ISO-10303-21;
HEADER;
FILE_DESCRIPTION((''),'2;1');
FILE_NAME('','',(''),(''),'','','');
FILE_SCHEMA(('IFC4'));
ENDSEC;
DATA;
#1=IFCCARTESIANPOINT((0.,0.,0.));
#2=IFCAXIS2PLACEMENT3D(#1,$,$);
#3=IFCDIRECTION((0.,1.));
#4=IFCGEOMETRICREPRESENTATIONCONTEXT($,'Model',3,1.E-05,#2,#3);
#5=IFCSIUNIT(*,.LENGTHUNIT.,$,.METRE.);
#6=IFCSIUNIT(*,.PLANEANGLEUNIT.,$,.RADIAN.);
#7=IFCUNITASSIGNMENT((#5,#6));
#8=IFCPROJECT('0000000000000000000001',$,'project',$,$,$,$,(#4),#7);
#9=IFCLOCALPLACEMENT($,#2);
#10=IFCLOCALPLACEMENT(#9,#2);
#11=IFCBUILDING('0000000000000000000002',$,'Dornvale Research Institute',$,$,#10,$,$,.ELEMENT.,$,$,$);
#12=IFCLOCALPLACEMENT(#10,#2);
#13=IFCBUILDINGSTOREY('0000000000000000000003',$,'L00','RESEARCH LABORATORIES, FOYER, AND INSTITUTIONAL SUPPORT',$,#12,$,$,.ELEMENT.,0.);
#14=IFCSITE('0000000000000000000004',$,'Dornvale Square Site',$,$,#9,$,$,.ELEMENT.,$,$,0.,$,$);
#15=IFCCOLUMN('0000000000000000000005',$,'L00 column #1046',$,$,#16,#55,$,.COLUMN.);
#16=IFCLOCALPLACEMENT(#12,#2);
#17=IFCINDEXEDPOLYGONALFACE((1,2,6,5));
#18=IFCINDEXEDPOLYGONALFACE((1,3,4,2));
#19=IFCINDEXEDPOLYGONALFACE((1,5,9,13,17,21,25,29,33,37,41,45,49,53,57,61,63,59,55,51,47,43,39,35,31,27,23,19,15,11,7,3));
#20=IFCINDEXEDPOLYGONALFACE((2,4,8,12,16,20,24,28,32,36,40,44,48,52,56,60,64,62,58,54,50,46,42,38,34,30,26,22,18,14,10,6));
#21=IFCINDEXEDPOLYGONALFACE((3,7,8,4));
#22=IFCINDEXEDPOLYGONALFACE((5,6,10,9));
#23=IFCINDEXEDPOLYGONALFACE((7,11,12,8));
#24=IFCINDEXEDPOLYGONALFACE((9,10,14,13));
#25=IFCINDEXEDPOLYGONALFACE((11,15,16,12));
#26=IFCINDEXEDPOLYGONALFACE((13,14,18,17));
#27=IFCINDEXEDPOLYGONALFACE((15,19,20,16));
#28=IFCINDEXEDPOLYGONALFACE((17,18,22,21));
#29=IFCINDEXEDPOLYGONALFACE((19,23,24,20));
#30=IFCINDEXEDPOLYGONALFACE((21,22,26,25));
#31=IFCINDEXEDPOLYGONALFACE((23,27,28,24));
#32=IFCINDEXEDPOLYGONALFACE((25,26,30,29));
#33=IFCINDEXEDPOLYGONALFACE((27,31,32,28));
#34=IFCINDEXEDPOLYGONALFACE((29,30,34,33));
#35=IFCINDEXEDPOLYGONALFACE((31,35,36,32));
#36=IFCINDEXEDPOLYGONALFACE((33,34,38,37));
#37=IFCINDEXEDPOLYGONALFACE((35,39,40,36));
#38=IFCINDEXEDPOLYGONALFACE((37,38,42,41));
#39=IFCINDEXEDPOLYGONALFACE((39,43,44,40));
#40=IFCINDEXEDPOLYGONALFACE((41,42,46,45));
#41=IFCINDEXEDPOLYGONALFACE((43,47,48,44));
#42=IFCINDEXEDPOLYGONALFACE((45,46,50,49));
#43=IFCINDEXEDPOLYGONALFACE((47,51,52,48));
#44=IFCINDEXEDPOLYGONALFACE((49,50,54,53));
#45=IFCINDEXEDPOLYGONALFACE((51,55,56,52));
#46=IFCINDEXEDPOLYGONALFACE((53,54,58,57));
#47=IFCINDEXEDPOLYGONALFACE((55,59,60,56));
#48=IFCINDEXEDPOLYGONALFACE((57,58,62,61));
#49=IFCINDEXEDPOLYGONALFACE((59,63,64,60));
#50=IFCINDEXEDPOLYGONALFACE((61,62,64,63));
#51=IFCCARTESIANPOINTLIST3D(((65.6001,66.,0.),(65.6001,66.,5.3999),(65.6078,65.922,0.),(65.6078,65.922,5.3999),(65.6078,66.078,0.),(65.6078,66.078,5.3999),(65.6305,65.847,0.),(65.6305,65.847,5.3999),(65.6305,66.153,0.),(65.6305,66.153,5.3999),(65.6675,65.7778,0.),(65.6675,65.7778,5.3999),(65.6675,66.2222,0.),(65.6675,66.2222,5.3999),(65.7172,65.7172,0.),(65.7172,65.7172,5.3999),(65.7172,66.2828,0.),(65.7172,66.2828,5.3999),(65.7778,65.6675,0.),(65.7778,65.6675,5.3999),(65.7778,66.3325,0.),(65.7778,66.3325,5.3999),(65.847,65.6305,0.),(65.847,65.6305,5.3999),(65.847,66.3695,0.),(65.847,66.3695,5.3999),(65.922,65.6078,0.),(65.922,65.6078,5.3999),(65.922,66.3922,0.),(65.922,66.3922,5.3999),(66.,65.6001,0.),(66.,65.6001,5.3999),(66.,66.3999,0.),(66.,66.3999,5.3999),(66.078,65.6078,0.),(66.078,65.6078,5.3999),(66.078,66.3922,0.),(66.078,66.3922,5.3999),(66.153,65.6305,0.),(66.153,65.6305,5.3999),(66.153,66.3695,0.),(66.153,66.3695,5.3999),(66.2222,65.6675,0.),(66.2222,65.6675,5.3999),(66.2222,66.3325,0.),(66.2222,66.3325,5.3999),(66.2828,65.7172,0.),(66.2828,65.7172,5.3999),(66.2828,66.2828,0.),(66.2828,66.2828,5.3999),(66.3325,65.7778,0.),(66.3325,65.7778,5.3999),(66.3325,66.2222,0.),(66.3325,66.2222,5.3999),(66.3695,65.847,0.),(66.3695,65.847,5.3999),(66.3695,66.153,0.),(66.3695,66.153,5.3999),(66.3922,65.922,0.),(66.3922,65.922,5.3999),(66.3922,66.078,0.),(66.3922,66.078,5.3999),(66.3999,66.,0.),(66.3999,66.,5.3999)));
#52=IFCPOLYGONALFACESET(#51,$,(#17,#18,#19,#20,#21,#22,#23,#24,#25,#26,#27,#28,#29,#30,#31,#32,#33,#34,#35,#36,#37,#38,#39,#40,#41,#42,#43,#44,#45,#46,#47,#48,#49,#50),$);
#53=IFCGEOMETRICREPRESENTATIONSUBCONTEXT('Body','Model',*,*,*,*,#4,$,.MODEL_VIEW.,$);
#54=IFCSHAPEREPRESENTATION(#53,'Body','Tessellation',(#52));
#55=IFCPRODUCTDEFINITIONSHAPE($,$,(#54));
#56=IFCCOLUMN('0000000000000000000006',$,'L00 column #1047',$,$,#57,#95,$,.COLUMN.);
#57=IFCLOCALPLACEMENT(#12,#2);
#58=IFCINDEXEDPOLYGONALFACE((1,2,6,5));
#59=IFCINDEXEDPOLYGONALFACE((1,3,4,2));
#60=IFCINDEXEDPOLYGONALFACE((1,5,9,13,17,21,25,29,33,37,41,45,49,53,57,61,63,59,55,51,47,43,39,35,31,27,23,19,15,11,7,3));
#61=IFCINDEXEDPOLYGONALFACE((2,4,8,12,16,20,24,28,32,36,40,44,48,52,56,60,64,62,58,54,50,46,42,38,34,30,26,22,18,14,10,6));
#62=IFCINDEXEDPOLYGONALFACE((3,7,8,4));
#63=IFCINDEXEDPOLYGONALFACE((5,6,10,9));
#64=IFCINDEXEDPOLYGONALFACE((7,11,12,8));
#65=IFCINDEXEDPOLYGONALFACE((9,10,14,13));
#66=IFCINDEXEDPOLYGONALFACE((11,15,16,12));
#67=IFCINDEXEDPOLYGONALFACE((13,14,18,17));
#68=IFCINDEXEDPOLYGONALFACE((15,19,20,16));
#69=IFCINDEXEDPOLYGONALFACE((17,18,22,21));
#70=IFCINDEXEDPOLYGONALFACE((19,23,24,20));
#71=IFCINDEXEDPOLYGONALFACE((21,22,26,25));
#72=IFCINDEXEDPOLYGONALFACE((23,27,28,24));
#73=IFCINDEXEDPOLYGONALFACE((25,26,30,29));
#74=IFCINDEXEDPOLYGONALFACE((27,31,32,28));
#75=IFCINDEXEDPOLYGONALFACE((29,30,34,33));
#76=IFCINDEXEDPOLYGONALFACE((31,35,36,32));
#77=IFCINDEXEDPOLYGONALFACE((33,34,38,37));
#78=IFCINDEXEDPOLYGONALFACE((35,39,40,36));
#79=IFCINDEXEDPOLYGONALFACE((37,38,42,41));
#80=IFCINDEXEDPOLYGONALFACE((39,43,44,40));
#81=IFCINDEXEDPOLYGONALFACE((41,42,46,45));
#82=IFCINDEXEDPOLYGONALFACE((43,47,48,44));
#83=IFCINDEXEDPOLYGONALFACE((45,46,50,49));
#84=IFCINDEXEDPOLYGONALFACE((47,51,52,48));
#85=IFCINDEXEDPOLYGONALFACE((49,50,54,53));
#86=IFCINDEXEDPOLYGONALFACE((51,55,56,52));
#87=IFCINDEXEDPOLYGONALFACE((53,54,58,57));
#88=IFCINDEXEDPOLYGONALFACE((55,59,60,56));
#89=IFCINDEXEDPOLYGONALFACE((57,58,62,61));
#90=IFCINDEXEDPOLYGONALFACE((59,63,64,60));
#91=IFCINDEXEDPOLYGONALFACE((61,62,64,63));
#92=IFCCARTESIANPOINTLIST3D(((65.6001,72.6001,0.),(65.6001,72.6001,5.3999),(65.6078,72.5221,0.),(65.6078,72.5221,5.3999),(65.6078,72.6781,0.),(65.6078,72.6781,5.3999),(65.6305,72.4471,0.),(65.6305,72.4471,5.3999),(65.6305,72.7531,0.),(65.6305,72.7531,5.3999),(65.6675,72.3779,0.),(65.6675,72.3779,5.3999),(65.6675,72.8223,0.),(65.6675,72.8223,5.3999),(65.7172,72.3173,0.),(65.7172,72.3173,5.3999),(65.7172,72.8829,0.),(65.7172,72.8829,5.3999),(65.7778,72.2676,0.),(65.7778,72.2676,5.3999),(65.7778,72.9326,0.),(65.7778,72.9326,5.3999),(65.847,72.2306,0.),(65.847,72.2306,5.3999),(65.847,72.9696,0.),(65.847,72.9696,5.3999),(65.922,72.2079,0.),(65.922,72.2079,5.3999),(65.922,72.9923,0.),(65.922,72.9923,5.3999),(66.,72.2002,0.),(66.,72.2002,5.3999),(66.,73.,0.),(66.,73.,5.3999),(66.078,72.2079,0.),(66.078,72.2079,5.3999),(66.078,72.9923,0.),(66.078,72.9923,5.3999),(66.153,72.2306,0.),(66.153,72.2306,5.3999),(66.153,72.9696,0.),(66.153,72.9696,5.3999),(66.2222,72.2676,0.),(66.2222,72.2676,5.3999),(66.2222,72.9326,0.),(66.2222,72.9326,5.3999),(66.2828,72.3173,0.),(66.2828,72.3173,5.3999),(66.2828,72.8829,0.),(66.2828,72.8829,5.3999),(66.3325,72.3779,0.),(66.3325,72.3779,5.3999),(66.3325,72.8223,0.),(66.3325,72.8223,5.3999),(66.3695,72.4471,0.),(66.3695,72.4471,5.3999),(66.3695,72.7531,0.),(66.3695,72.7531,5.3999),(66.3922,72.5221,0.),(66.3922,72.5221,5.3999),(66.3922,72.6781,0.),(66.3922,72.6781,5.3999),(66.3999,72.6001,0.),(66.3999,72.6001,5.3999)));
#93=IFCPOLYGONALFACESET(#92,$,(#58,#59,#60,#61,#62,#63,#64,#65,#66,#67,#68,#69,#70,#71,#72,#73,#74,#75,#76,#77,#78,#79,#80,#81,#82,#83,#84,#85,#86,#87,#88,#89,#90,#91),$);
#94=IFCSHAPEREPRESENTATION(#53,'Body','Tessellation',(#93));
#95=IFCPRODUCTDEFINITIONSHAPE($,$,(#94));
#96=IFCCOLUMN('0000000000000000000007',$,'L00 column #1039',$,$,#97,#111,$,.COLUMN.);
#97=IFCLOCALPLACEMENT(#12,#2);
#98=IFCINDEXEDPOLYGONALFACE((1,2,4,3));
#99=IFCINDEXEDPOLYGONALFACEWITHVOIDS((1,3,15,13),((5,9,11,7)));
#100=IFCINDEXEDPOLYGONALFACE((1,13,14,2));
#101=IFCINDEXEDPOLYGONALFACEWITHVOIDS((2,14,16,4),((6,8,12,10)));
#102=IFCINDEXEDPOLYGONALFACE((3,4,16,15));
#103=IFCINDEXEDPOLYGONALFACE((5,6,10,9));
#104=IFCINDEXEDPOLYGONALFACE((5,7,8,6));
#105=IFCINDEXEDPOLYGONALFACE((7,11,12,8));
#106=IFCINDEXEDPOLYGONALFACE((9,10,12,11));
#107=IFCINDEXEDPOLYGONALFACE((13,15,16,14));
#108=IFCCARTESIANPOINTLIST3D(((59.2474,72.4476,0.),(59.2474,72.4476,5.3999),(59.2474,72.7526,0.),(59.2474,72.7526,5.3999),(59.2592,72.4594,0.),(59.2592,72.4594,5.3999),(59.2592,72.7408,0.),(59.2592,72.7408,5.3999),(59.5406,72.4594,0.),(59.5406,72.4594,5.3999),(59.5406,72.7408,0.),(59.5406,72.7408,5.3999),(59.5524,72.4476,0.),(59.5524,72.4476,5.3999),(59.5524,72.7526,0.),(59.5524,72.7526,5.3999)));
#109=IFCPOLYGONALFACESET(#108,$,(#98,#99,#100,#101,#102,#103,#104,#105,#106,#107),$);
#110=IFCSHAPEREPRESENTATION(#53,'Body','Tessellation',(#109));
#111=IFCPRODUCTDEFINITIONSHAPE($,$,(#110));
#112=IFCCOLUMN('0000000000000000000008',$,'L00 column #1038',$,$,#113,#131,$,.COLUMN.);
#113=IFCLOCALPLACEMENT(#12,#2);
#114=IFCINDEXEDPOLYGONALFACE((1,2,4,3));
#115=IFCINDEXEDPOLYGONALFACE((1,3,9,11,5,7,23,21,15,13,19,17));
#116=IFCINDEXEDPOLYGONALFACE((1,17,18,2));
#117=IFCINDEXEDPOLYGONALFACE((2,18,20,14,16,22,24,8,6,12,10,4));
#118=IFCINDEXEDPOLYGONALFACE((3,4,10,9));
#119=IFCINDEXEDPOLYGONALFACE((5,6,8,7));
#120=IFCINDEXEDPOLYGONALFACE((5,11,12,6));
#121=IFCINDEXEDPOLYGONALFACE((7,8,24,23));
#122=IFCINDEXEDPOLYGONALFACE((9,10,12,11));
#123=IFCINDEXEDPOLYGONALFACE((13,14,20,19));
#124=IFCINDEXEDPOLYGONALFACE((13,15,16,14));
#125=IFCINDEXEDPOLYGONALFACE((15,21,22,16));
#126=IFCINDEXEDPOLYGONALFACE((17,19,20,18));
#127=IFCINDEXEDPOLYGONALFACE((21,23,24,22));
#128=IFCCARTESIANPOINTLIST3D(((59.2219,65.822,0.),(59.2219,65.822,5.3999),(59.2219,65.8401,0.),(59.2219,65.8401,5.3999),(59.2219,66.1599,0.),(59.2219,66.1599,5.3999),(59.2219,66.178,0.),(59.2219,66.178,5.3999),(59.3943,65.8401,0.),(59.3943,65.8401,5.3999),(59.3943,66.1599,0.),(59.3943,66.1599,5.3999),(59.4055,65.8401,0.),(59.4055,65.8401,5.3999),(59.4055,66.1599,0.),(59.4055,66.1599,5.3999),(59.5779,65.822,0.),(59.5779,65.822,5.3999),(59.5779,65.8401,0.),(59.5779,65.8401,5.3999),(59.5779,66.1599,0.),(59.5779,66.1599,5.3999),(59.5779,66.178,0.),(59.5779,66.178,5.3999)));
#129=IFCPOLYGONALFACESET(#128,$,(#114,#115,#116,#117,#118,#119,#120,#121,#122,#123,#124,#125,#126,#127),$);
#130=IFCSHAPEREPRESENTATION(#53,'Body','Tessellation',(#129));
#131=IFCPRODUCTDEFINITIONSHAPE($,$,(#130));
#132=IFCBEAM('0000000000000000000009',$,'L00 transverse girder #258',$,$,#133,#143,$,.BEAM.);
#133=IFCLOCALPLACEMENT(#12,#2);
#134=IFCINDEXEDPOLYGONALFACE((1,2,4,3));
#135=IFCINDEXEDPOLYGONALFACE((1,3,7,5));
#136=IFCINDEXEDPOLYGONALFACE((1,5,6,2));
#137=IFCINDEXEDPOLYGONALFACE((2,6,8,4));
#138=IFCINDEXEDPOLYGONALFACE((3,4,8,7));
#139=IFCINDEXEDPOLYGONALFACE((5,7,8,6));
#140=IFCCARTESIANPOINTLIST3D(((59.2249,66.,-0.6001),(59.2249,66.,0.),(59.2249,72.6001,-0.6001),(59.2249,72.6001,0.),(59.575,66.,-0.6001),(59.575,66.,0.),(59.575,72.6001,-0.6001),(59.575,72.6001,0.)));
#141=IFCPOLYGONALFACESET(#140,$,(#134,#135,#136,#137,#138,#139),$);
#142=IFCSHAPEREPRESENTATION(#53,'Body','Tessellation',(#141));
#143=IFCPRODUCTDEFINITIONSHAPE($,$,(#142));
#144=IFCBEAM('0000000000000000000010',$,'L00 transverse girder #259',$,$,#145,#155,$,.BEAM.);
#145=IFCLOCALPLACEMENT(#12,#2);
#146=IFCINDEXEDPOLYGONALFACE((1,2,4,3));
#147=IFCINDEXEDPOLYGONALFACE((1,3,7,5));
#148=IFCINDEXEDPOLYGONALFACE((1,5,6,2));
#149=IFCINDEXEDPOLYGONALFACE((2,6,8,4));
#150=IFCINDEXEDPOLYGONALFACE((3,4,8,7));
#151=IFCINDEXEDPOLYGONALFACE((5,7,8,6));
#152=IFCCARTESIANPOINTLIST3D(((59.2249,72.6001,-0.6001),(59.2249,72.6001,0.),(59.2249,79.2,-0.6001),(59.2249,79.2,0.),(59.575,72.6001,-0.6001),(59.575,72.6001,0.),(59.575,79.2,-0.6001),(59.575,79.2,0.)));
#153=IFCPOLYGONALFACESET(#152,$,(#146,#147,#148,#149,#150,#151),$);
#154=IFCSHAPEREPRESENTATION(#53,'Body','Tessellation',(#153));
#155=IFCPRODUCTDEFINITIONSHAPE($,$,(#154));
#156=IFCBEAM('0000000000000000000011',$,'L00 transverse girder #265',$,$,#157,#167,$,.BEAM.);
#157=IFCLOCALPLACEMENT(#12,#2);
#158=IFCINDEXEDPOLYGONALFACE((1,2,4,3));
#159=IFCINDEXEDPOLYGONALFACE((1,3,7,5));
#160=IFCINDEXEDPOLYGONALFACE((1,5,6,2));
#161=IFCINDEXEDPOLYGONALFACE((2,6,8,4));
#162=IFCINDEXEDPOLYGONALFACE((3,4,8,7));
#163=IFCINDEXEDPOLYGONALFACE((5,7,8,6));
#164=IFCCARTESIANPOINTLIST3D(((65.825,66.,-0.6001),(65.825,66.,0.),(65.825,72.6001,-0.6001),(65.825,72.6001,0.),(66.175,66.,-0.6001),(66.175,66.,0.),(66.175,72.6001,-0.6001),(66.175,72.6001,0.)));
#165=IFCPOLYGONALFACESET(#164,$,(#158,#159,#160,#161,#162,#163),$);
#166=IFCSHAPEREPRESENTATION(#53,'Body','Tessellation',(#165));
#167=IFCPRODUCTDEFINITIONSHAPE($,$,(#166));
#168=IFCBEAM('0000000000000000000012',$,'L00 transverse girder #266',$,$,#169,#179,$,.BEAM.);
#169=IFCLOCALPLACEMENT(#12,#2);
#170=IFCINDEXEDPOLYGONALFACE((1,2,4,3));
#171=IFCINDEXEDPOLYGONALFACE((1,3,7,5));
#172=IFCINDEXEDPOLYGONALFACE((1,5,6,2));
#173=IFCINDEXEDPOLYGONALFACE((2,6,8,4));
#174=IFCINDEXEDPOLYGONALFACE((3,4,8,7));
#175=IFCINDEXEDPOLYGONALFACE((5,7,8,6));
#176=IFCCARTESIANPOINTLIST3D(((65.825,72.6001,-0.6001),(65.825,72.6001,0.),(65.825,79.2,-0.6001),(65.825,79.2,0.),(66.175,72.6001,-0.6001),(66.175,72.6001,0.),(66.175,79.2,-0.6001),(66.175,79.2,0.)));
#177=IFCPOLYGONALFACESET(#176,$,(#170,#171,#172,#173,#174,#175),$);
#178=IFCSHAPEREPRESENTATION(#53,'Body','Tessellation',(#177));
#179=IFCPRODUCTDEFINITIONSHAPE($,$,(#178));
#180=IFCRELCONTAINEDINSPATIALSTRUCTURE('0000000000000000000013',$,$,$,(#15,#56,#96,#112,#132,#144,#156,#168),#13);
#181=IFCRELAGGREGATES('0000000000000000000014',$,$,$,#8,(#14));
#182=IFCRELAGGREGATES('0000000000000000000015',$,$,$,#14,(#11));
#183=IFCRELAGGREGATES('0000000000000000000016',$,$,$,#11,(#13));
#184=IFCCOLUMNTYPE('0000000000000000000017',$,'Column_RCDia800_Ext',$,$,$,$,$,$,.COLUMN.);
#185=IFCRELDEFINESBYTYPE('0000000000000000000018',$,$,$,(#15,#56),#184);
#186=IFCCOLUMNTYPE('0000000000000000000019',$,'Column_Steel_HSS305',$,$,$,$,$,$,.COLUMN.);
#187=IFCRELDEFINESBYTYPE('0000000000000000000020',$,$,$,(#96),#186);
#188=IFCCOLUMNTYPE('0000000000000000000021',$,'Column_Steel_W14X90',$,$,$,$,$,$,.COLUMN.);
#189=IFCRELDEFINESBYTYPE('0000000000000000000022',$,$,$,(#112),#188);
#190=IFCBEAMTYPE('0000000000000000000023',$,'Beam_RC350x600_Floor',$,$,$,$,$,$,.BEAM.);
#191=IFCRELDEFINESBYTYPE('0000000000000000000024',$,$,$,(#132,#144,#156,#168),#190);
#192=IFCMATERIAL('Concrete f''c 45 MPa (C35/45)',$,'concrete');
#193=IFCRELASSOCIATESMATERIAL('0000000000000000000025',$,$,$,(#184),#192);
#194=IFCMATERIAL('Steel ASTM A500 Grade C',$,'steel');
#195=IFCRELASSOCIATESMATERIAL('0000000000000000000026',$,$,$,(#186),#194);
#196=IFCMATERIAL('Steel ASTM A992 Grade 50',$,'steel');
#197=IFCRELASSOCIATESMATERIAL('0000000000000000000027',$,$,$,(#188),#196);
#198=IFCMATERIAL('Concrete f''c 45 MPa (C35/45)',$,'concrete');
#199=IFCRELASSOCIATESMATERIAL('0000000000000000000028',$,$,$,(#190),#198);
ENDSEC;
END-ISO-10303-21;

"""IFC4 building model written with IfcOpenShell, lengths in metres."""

from ifc_helpers import new_model, si_unit, direction, frame, origin, origin_2d, place, context, subcontext, project, spatial, rectangle, hollow_rectangle, circle, i_section, extrude, material, material_profile, profile_set, type_object, element, save


model = new_model("IFC4")

# Units and contexts
model_context = context("Model", 3, precision=1e-05, world=origin(), true_north=direction((0.0, 1.0)))
body_context = subcontext(model_context, "Body", "Model", "MODEL_VIEW")
ifc_project = project(units=[si_unit("LENGTHUNIT", "METRE"), si_unit("PLANEANGLEUNIT", "RADIAN")], contexts=[model_context])

# Site, building, storey
site_placement = place(None, origin())
site = spatial("IfcSite", under=ifc_project, at=site_placement, Name="Dornvale Square Site", CompositionType="ELEMENT", RefElevation=0.0)
building_placement = place(site_placement, origin())
building = spatial("IfcBuilding", under=site, at=building_placement, Name="Dornvale Research Institute", CompositionType="ELEMENT")
storey_placement = place(building_placement, origin())
storey = spatial("IfcBuildingStorey", under=building, at=storey_placement, Name="L00", Description="RESEARCH LABORATORIES, FOYER, AND INSTITUTIONAL SUPPORT", CompositionType="ELEMENT", Elevation=0.0)

# Columns
ifc_material_1 = material(Name="Concrete f'c 45 MPa (C35/45)", Category="concrete")
ifc_material_profile_1 = material_profile(ifc_material_1, circle(Radius=0.3999, at=origin_2d()), Name="RC DIA 800")
ifc_profile_set_1 = profile_set([ifc_material_profile_1], Name="Concrete f'c 45 MPa (C35/45)")
column_type_1 = type_object("IfcColumnType", Name="Column_RCDia800_Ext", PredefinedType="COLUMN", material=ifc_profile_set_1)
for number, where, z_axis, x_axis, name in (
    (1, (66.0, 66.0, 0.0), (0.0, 0.0, 1.0), (1.0, 0.0, 0.0), "L00 column #1046"),
    (2, (66.0, 72.6001, 0.0), (0.0, 0.0, 1.0), (1.0, 0.0, 0.0), "L00 column #1047"),
):
    element("IfcColumn", number, at=place(storey_placement, frame(where, z_axis=z_axis, x_axis=x_axis)), inside=storey, type_object=column_type_1, Name=name, PredefinedType="COLUMN", context=body_context, shape_type="SweptSolid", body=[
        extrude(circle(Radius=0.3999, at=origin_2d()), origin(), (0.0, 0.0, 1.0), 5.3999),
    ])
ifc_material_2 = material(Name="Steel ASTM A500 Grade C", Category="steel")
ifc_material_profile_2 = material_profile(ifc_material_2, hollow_rectangle(XDim=0.3049, YDim=0.3049, WallThickness=0.0117, at=origin_2d()), Name="HSS305X305X12.7")
ifc_profile_set_2 = profile_set([ifc_material_profile_2], Name="Steel ASTM A500 Grade C")
column_type_2 = type_object("IfcColumnType", Name="Column_Steel_HSS305", PredefinedType="COLUMN", material=ifc_profile_set_2)
column_1_placement = place(storey_placement, frame((59.3999, 72.6001, 0.0), z_axis=(0.0, 0.0, 1.0), x_axis=(1.0, 0.0, 0.0)))
element("IfcColumn", 3, at=column_1_placement, inside=storey, type_object=column_type_2, Name="L00 column #1039", PredefinedType="COLUMN", context=body_context, shape_type="SweptSolid", body=[
    extrude(hollow_rectangle(XDim=0.3049, YDim=0.3049, WallThickness=0.0117, at=origin_2d()), origin(), (0.0, 0.0, 1.0), 5.3999),
])
ifc_material_3 = material(Name="Steel ASTM A992 Grade 50", Category="steel")
ifc_material_profile_3 = material_profile(ifc_material_3, i_section(OverallWidth=0.356, OverallDepth=0.356, WebThickness=0.0112, FlangeThickness=0.0181, at=origin_2d()), Name="W14X90")
ifc_profile_set_3 = profile_set([ifc_material_profile_3], Name="Steel ASTM A992 Grade 50")
column_type_3 = type_object("IfcColumnType", Name="Column_Steel_W14X90", PredefinedType="COLUMN", material=ifc_profile_set_3)
column_2_placement = place(storey_placement, frame((59.3999, 66.0, 0.0), z_axis=(0.0, 0.0, 1.0), x_axis=(1.0, 0.0, 0.0)))
element("IfcColumn", 4, at=column_2_placement, inside=storey, type_object=column_type_3, Name="L00 column #1038", PredefinedType="COLUMN", context=body_context, shape_type="SweptSolid", body=[
    extrude(i_section(OverallWidth=0.356, OverallDepth=0.356, WebThickness=0.0112, FlangeThickness=0.0181, at=origin_2d()), origin(), (0.0, 0.0, 1.0), 5.3999),
])

# Beams
ifc_material_4 = material(Name="Concrete f'c 45 MPa (C35/45)", Category="concrete")
ifc_material_profile_4 = material_profile(ifc_material_4, rectangle(XDim=0.3501, YDim=0.6001, at=origin_2d()), Name="RC 350x600")
ifc_profile_set_4 = profile_set([ifc_material_profile_4], Name="Concrete f'c 45 MPa (C35/45)")
beam_type_1 = type_object("IfcBeamType", Name="Beam_RC350x600_Floor", PredefinedType="BEAM", material=ifc_profile_set_4)
beam_1_placement = place(storey_placement, frame((59.3999, 66.0, -0.3), z_axis=(0.0, 1.0, 0.0), x_axis=(-1.0, 0.0, 0.0)))
element("IfcBeam", 5, at=beam_1_placement, inside=storey, type_object=beam_type_1, Name="L00 transverse girder #258", PredefinedType="BEAM", context=body_context, shape_type="SweptSolid", body=[
    extrude(rectangle(XDim=0.3501, YDim=0.6001, at=origin_2d()), origin(), (0.0, 0.0, 1.0), 6.6001),
])
beam_2_placement = place(storey_placement, frame((59.3999, 72.6001, -0.3), z_axis=(0.0, 1.0, 0.0), x_axis=(-1.0, 0.0, 0.0)))
element("IfcBeam", 6, at=beam_2_placement, inside=storey, type_object=beam_type_1, Name="L00 transverse girder #259", PredefinedType="BEAM", context=body_context, shape_type="SweptSolid", body=[
    extrude(rectangle(XDim=0.3501, YDim=0.6001, at=origin_2d()), origin(), (0.0, 0.0, 1.0), 6.5999),
])
beam_3_placement = place(storey_placement, frame((66.0, 66.0, -0.3), z_axis=(0.0, 1.0, 0.0), x_axis=(-1.0, 0.0, 0.0)))
element("IfcBeam", 7, at=beam_3_placement, inside=storey, type_object=beam_type_1, Name="L00 transverse girder #265", PredefinedType="BEAM", context=body_context, shape_type="SweptSolid", body=[
    extrude(rectangle(XDim=0.3501, YDim=0.6001, at=origin_2d()), origin(), (0.0, 0.0, 1.0), 6.6001),
])
beam_4_placement = place(storey_placement, frame((66.0, 72.6001, -0.3), z_axis=(0.0, 1.0, 0.0), x_axis=(-1.0, 0.0, 0.0)))
element("IfcBeam", 8, at=beam_4_placement, inside=storey, type_object=beam_type_1, Name="L00 transverse girder #266", PredefinedType="BEAM", context=body_context, shape_type="SweptSolid", body=[
    extrude(rectangle(XDim=0.3501, YDim=0.6001, at=origin_2d()), origin(), (0.0, 0.0, 1.0), 6.5999),
])

save(model, "model.ifc")
